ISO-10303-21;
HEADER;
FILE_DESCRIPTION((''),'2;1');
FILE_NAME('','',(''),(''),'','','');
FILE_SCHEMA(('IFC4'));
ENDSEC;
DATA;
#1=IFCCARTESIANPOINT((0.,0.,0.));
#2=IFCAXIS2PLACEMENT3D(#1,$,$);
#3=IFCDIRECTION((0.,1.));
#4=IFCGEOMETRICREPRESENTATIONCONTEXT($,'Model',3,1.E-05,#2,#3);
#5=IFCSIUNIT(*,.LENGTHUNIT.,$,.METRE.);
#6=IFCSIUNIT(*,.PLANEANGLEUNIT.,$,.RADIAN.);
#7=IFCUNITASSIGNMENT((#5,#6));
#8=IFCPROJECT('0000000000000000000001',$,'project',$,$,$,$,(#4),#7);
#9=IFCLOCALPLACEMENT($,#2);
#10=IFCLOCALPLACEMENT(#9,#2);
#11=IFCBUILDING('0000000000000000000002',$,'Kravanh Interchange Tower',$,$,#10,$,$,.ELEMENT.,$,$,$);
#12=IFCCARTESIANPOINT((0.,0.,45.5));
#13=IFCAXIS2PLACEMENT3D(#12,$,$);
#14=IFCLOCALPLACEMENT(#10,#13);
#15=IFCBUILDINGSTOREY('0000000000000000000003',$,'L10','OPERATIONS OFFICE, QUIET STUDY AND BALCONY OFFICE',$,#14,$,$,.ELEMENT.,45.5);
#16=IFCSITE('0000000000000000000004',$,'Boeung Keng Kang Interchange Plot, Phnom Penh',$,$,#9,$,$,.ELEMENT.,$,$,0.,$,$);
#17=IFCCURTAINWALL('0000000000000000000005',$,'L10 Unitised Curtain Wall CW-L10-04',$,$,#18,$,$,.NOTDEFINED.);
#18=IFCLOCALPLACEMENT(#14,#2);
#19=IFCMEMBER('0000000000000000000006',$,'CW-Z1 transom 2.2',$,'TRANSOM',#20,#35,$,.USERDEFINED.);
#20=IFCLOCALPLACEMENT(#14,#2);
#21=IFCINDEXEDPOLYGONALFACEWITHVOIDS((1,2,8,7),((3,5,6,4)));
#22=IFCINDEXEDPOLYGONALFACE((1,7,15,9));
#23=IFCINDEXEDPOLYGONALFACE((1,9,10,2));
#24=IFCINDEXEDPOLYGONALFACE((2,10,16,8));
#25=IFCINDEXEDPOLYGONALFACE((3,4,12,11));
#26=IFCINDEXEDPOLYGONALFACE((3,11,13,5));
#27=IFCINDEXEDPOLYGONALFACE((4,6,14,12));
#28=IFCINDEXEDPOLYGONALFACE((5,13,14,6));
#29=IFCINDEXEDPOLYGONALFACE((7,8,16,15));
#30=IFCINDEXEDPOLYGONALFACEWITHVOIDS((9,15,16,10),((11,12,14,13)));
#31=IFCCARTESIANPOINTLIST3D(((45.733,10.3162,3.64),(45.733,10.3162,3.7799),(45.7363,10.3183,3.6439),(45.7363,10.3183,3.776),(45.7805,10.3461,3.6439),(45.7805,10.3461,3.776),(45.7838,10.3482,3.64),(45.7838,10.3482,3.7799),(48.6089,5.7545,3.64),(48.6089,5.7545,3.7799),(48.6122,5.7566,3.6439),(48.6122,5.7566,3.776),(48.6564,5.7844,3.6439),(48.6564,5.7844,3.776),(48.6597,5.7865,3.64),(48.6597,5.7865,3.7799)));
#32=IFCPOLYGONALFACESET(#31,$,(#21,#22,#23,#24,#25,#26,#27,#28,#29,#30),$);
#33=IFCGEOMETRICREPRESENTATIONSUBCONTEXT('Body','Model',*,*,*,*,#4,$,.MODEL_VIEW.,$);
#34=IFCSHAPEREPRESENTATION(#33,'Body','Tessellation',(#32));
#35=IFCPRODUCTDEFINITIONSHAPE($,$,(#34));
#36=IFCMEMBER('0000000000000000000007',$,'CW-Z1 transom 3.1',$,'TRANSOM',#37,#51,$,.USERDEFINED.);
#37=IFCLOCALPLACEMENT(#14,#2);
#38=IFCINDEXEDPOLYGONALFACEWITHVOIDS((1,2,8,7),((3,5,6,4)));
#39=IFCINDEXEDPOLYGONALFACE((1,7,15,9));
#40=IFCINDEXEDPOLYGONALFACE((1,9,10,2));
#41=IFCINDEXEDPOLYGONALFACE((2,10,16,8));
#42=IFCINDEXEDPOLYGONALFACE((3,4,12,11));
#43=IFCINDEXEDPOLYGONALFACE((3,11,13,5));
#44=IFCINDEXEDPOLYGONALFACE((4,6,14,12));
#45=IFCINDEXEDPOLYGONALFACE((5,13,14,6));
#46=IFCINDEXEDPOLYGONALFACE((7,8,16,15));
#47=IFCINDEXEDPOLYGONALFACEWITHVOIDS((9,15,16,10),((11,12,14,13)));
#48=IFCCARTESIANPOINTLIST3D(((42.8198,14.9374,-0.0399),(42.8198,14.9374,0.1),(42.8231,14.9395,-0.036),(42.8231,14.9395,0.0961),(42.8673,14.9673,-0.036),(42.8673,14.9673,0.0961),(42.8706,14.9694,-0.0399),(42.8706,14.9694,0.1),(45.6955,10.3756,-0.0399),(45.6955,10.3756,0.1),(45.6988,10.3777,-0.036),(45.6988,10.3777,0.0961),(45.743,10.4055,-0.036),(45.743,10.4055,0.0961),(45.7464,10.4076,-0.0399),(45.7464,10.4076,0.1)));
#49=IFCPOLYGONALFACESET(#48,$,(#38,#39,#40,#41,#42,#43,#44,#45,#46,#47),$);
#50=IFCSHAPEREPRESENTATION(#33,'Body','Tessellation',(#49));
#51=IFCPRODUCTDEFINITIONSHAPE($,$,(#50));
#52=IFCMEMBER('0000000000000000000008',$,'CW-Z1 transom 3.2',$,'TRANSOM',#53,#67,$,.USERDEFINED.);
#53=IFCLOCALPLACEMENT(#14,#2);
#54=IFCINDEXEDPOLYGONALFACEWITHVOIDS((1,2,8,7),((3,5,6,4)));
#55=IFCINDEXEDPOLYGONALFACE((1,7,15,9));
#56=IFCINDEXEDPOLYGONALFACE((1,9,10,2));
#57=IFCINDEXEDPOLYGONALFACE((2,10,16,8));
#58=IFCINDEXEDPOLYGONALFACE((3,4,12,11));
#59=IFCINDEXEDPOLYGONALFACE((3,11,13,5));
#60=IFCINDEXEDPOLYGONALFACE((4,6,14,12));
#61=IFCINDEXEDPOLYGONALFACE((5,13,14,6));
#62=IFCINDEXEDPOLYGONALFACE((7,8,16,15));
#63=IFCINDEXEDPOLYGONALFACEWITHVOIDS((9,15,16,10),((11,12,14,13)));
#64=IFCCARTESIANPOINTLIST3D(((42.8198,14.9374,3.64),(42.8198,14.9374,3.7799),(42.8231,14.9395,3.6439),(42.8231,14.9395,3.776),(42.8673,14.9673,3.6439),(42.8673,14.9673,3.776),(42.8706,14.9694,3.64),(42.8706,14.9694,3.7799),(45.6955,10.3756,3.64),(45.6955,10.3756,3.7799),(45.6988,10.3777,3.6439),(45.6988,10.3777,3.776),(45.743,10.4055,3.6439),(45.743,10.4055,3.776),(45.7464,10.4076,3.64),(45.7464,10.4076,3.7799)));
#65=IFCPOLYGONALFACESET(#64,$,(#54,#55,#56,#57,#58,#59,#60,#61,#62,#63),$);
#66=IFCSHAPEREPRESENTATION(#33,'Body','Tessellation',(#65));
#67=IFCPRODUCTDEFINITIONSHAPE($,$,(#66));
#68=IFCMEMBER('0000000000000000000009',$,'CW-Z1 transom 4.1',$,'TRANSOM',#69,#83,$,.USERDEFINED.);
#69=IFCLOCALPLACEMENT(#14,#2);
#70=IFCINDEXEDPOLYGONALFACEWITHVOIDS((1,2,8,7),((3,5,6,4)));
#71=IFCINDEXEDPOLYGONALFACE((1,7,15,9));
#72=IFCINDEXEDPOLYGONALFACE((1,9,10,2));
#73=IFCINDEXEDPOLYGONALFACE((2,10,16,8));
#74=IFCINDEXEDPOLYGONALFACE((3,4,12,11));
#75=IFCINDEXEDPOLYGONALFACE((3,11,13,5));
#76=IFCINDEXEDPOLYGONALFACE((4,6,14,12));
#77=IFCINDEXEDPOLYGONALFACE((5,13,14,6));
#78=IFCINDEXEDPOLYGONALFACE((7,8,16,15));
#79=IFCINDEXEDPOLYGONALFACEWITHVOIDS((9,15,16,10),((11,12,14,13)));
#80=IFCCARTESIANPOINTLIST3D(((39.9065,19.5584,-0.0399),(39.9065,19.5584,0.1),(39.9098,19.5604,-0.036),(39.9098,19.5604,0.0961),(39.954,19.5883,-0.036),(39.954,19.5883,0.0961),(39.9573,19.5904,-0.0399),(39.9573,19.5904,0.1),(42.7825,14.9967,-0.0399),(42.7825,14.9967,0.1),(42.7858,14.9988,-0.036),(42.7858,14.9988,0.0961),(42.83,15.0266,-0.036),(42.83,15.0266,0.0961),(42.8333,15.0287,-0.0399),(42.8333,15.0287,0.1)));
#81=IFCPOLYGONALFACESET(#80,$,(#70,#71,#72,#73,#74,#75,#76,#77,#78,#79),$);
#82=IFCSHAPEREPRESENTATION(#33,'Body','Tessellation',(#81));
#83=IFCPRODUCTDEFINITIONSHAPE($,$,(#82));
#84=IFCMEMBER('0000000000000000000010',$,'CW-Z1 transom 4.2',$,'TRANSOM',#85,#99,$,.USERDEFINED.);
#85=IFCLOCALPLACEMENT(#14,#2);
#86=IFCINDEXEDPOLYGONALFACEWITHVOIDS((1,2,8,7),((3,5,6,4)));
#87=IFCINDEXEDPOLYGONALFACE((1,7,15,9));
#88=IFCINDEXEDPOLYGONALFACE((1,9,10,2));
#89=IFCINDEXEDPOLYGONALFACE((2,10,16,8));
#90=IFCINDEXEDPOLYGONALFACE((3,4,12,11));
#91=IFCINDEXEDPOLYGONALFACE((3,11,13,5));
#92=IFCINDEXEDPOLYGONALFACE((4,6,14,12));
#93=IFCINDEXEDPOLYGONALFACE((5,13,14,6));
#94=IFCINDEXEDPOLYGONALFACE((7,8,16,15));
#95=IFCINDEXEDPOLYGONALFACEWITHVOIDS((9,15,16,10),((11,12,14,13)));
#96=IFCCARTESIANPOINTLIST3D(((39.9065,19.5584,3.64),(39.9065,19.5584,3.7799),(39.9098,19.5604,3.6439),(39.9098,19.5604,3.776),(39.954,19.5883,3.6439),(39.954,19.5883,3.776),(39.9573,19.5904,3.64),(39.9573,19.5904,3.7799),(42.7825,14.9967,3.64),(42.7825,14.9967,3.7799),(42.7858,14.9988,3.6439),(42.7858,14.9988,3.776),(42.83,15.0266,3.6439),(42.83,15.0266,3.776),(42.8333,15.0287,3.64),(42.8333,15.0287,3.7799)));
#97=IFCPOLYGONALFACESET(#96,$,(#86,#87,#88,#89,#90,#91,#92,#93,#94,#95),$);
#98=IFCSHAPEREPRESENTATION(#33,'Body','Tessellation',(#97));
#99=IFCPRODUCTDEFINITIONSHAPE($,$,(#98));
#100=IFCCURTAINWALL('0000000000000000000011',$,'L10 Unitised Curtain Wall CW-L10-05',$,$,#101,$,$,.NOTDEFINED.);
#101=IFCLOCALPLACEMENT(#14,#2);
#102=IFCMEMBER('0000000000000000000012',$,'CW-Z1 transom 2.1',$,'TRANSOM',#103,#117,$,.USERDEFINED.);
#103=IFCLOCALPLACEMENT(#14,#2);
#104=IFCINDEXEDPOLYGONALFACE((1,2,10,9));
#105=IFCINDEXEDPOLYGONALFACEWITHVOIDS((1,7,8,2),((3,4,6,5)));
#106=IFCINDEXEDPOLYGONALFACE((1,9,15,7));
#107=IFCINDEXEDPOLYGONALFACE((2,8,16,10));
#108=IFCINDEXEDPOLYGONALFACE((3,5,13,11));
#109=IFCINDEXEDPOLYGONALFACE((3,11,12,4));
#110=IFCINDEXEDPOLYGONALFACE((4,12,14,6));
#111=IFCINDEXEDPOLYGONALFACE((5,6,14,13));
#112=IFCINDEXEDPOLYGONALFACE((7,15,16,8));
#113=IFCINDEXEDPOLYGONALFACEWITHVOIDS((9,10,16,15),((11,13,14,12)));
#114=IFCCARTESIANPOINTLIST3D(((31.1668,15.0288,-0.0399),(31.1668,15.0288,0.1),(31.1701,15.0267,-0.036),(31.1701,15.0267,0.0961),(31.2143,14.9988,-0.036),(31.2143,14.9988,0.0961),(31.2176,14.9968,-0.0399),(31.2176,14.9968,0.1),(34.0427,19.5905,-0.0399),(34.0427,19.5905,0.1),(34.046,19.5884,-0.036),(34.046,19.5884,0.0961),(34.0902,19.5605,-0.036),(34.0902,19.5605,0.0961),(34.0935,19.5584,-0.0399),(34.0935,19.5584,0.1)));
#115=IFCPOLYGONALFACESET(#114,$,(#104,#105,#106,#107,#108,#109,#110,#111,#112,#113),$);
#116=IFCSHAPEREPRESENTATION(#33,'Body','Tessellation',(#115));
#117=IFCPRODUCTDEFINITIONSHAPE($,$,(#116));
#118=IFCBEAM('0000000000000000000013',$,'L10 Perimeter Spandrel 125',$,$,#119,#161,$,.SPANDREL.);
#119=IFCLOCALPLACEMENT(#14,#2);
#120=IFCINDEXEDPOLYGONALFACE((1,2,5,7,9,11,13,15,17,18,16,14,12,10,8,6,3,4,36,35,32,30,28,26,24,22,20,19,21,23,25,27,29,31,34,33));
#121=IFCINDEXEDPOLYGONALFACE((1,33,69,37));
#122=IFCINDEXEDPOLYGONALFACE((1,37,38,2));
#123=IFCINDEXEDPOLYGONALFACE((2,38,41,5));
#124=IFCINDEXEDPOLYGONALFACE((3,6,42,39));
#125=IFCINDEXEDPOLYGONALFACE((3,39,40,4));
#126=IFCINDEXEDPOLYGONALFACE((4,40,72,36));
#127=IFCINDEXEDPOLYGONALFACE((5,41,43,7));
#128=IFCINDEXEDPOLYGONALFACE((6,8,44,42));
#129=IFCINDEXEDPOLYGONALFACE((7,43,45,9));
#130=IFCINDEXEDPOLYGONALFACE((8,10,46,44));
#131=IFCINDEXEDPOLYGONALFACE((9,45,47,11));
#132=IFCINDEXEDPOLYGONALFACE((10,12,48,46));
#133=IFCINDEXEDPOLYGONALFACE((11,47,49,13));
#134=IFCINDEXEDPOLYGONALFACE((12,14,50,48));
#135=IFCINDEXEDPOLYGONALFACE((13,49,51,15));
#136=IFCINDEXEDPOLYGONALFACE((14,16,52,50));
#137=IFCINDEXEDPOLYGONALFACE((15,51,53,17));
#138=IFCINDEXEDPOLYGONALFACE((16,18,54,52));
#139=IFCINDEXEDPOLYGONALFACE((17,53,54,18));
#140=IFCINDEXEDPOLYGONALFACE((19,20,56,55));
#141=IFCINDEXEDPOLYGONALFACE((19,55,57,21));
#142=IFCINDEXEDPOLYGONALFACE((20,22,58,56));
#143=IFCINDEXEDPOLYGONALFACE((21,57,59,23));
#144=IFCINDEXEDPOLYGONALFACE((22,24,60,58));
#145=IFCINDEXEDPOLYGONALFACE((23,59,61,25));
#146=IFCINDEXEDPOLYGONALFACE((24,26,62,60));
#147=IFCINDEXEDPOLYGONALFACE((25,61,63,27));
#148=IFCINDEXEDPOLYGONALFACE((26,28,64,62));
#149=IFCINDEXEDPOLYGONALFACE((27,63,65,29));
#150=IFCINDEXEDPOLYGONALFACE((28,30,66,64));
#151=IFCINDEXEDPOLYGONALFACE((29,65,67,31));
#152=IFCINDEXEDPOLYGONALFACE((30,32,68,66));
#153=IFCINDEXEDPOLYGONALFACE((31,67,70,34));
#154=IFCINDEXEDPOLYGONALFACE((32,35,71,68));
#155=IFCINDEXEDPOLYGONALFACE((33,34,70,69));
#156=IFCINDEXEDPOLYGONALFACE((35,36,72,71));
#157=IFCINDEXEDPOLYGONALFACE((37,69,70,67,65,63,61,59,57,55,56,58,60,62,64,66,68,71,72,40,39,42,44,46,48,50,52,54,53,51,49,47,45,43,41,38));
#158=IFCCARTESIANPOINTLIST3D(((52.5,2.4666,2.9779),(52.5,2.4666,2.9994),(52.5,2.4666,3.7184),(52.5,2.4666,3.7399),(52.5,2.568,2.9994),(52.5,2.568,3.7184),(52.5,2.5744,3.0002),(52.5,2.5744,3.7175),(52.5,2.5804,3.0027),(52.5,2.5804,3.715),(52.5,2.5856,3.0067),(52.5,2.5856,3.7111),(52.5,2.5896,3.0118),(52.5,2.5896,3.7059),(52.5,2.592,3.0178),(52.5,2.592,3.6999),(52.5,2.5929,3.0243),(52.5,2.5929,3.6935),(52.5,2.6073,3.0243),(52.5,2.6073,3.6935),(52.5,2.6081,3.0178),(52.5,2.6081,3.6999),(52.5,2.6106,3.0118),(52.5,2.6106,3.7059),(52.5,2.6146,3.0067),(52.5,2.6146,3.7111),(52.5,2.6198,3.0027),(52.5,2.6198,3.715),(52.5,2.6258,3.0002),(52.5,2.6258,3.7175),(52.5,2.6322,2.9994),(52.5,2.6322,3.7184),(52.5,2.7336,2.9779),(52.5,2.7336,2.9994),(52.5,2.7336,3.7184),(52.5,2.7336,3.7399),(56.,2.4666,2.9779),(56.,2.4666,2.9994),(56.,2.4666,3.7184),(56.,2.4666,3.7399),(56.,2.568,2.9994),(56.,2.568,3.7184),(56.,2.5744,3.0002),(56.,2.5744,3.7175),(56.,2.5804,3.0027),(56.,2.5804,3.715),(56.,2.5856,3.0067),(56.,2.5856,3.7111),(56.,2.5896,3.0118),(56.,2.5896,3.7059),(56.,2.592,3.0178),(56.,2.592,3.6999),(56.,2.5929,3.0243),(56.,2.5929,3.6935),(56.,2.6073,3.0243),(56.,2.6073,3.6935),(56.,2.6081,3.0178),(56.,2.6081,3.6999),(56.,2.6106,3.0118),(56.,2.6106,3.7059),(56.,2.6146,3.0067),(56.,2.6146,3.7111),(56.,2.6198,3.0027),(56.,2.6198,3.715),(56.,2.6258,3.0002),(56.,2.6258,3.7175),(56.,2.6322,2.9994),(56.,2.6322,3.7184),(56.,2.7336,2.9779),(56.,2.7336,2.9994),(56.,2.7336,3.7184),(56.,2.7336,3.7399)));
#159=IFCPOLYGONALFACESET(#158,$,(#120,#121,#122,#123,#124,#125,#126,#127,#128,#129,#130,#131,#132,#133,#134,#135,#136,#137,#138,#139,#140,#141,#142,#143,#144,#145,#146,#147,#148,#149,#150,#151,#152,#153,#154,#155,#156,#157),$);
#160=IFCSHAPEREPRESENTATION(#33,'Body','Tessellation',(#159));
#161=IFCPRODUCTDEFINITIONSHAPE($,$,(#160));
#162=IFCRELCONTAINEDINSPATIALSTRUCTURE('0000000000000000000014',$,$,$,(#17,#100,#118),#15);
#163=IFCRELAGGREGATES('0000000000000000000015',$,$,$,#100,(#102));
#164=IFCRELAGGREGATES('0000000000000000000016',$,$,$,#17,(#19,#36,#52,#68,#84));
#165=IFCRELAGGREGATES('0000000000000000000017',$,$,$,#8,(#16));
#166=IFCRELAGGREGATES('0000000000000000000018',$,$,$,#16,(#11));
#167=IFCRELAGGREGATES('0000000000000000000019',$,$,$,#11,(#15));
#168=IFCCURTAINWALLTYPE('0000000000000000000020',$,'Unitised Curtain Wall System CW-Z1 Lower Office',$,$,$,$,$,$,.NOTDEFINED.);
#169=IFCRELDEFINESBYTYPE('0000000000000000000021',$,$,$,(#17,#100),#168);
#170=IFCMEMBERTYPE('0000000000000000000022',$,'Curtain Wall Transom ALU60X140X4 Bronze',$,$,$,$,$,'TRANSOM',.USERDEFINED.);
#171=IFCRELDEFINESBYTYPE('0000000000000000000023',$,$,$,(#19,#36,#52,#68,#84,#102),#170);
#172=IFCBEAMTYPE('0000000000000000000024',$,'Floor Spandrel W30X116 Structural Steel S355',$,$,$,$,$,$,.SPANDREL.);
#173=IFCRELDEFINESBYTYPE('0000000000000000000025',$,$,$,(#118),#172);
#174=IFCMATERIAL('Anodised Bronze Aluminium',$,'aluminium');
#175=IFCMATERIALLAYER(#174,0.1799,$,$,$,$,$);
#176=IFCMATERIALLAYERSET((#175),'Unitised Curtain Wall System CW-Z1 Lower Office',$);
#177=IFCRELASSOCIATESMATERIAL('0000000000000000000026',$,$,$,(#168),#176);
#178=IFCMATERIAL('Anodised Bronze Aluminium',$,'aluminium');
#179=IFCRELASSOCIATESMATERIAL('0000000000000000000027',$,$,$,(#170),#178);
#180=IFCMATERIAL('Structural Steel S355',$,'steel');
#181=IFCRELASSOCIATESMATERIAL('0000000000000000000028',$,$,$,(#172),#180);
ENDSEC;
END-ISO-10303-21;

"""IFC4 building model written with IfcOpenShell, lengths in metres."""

from ifc_helpers import new_model, si_unit, direction, frame, origin, origin_2d, place, context, subcontext, project, spatial, hollow_rectangle, i_section, extrude, material, layer, layer_set, material_profile, profile_set, type_object, element, aggregate, save


model = new_model("IFC4")

# Units and contexts
model_context = context("Model", 3, precision=1e-05, world=origin(), true_north=direction((0.0, 1.0)))
body_context = subcontext(model_context, "Body", "Model", "MODEL_VIEW")
ifc_project = project(units=[si_unit("LENGTHUNIT", "METRE"), si_unit("PLANEANGLEUNIT", "RADIAN")], contexts=[model_context])

# Site, building, storey
site_placement = place(None, origin())
site = spatial("IfcSite", under=ifc_project, at=site_placement, Name="Boeung Keng Kang Interchange Plot, Phnom Penh", CompositionType="ELEMENT", RefElevation=0.0)
building_placement = place(site_placement, origin())
building = spatial("IfcBuilding", under=site, at=building_placement, Name="Kravanh Interchange Tower", CompositionType="ELEMENT")
storey_placement = place(building_placement, frame((0.0, 0.0, 45.5)))
storey = spatial("IfcBuildingStorey", under=building, at=storey_placement, Name="L10", Description="OPERATIONS OFFICE, QUIET STUDY AND BALCONY OFFICE", CompositionType="ELEMENT", Elevation=45.5)

# Shared definitions
ifc_material_1 = material(Name="Anodised Bronze Aluminium", Category="aluminium")
ifc_layer_1 = layer(ifc_material_1, 0.1799)
ifc_layer_set_1 = layer_set([ifc_layer_1], Name="Unitised Curtain Wall System CW-Z1 Lower Office")
curtain_wall_type = type_object("IfcCurtainWallType", Name="Unitised Curtain Wall System CW-Z1 Lower Office", PredefinedType="NOTDEFINED", material=ifc_layer_set_1)

# Curtain wall, members
curtain_wall_1_placement = place(storey_placement, origin())
curtain_wall_1 = element("IfcCurtainWall", 1, at=curtain_wall_1_placement, inside=storey, type_object=curtain_wall_type, Name="L10 Unitised Curtain Wall CW-L10-04", PredefinedType="NOTDEFINED")
ifc_material_2 = material(Name="Anodised Bronze Aluminium", Category="aluminium")
ifc_material_profile_1 = material_profile(ifc_material_2, hollow_rectangle(XDim=0.0601, YDim=0.1399, WallThickness=0.0039, at=origin_2d()), Name="ALU60X140X4")
ifc_profile_set_1 = profile_set([ifc_material_profile_1], Name="Anodised Bronze Aluminium")
member_type_1 = type_object("IfcMemberType", Name="Curtain Wall Transom ALU60X140X4 Bronze", ElementType="TRANSOM", PredefinedType="USERDEFINED", material=ifc_profile_set_1)
member_1_placement = place(storey_placement, frame((48.6343, 5.7705, 3.71), z_axis=(-0.533311, 0.845919, 0.0), x_axis=(-0.845919, -0.533311, 0.0)))
member_1 = element("IfcMember", 2, at=member_1_placement, type_object=member_type_1, Name="CW-Z1 transom 2.2", ObjectType="TRANSOM", PredefinedType="USERDEFINED", context=body_context, shape_type="SweptSolid", body=[
    extrude(hollow_rectangle(XDim=0.0601, YDim=0.1399, WallThickness=0.0039, at=origin_2d()), origin(), (0.0, 0.0, 1.0), 5.3926),
])
member_2_placement = place(storey_placement, frame((45.7209, 10.3916, 0.03), z_axis=(-0.533279, 0.845939, 0.0), x_axis=(-0.845939, -0.533279, 0.0)))
member_2 = element("IfcMember", 3, at=member_2_placement, type_object=member_type_1, Name="CW-Z1 transom 3.1", ObjectType="TRANSOM", PredefinedType="USERDEFINED", context=body_context, shape_type="SweptSolid", body=[
    extrude(hollow_rectangle(XDim=0.0601, YDim=0.1399, WallThickness=0.0039, at=origin_2d()), origin(), (0.0, 0.0, 1.0), 5.3926),
])
member_3_placement = place(storey_placement, frame((45.7209, 10.3916, 3.71), z_axis=(-0.533279, 0.845939, 0.0), x_axis=(-0.845939, -0.533279, 0.0)))
member_3 = element("IfcMember", 4, at=member_3_placement, type_object=member_type_1, Name="CW-Z1 transom 3.2", ObjectType="TRANSOM", PredefinedType="USERDEFINED", context=body_context, shape_type="SweptSolid", body=[
    extrude(hollow_rectangle(XDim=0.0601, YDim=0.1399, WallThickness=0.0039, at=origin_2d()), origin(), (0.0, 0.0, 1.0), 5.3926),
])
member_4_placement = place(storey_placement, frame((42.8079, 15.0127, 0.03), z_axis=(-0.533311, 0.845919, 0.0), x_axis=(-0.845919, -0.533311, 0.0)))
member_4 = element("IfcMember", 5, at=member_4_placement, type_object=member_type_1, Name="CW-Z1 transom 4.1", ObjectType="TRANSOM", PredefinedType="USERDEFINED", context=body_context, shape_type="SweptSolid", body=[
    extrude(hollow_rectangle(XDim=0.0601, YDim=0.1399, WallThickness=0.0039, at=origin_2d()), origin(), (0.0, 0.0, 1.0), 5.3926),
])
member_5_placement = place(storey_placement, frame((42.8079, 15.0127, 3.71), z_axis=(-0.533311, 0.845919, 0.0), x_axis=(-0.845919, -0.533311, 0.0)))
member_5 = element("IfcMember", 6, at=member_5_placement, type_object=member_type_1, Name="CW-Z1 transom 4.2", ObjectType="TRANSOM", PredefinedType="USERDEFINED", context=body_context, shape_type="SweptSolid", body=[
    extrude(hollow_rectangle(XDim=0.0601, YDim=0.1399, WallThickness=0.0039, at=origin_2d()), origin(), (0.0, 0.0, 1.0), 5.3926),
])

# Curtain wall, member
curtain_wall_2_placement = place(storey_placement, origin())
curtain_wall_2 = element("IfcCurtainWall", 7, at=curtain_wall_2_placement, inside=storey, type_object=curtain_wall_type, Name="L10 Unitised Curtain Wall CW-L10-05", PredefinedType="NOTDEFINED")
member_6_placement = place(storey_placement, frame((34.0681, 19.5745, 0.03), z_axis=(-0.533311, -0.845919, 0.0), x_axis=(0.845919, -0.533311, 0.0)))
member_6 = element("IfcMember", 8, at=member_6_placement, type_object=member_type_1, Name="CW-Z1 transom 2.1", ObjectType="TRANSOM", PredefinedType="USERDEFINED", context=body_context, shape_type="SweptSolid", body=[
    extrude(hollow_rectangle(XDim=0.0601, YDim=0.1399, WallThickness=0.0039, at=origin_2d()), origin(), (0.0, 0.0, 1.0), 5.3926),
])
aggregate(curtain_wall_2, [member_6])

# Beam
ifc_material_3 = material(Name="Structural Steel S355", Category="steel")
ifc_material_profile_2 = material_profile(ifc_material_3, i_section(OverallWidth=0.2671, OverallDepth=0.762, WebThickness=0.0144, FlangeThickness=0.0215, FilletRadius=0.0249, at=origin_2d()), Name="W30X116")
ifc_profile_set_2 = profile_set([ifc_material_profile_2], Name="Structural Steel S355")
beam_type = type_object("IfcBeamType", Name="Floor Spandrel W30X116 Structural Steel S355", PredefinedType="SPANDREL", material=ifc_profile_set_2)
beam_1_placement = place(storey_placement, frame((52.5, 2.6001, 3.3589), z_axis=(1.0, 0.0, 0.0), x_axis=(0.0, 1.0, 0.0)))
element("IfcBeam", 9, at=beam_1_placement, inside=storey, type_object=beam_type, Name="L10 Perimeter Spandrel 125", PredefinedType="SPANDREL", context=body_context, shape_type="SweptSolid", body=[
    extrude(i_section(OverallWidth=0.2671, OverallDepth=0.762, WebThickness=0.0144, FlangeThickness=0.0215, FilletRadius=0.0249, at=origin_2d()), origin(), (0.0, 0.0, 1.0), 3.5),
])

aggregate(curtain_wall_1, [member_1, member_2, member_3, member_4, member_5])

save(model, "model.ifc")
